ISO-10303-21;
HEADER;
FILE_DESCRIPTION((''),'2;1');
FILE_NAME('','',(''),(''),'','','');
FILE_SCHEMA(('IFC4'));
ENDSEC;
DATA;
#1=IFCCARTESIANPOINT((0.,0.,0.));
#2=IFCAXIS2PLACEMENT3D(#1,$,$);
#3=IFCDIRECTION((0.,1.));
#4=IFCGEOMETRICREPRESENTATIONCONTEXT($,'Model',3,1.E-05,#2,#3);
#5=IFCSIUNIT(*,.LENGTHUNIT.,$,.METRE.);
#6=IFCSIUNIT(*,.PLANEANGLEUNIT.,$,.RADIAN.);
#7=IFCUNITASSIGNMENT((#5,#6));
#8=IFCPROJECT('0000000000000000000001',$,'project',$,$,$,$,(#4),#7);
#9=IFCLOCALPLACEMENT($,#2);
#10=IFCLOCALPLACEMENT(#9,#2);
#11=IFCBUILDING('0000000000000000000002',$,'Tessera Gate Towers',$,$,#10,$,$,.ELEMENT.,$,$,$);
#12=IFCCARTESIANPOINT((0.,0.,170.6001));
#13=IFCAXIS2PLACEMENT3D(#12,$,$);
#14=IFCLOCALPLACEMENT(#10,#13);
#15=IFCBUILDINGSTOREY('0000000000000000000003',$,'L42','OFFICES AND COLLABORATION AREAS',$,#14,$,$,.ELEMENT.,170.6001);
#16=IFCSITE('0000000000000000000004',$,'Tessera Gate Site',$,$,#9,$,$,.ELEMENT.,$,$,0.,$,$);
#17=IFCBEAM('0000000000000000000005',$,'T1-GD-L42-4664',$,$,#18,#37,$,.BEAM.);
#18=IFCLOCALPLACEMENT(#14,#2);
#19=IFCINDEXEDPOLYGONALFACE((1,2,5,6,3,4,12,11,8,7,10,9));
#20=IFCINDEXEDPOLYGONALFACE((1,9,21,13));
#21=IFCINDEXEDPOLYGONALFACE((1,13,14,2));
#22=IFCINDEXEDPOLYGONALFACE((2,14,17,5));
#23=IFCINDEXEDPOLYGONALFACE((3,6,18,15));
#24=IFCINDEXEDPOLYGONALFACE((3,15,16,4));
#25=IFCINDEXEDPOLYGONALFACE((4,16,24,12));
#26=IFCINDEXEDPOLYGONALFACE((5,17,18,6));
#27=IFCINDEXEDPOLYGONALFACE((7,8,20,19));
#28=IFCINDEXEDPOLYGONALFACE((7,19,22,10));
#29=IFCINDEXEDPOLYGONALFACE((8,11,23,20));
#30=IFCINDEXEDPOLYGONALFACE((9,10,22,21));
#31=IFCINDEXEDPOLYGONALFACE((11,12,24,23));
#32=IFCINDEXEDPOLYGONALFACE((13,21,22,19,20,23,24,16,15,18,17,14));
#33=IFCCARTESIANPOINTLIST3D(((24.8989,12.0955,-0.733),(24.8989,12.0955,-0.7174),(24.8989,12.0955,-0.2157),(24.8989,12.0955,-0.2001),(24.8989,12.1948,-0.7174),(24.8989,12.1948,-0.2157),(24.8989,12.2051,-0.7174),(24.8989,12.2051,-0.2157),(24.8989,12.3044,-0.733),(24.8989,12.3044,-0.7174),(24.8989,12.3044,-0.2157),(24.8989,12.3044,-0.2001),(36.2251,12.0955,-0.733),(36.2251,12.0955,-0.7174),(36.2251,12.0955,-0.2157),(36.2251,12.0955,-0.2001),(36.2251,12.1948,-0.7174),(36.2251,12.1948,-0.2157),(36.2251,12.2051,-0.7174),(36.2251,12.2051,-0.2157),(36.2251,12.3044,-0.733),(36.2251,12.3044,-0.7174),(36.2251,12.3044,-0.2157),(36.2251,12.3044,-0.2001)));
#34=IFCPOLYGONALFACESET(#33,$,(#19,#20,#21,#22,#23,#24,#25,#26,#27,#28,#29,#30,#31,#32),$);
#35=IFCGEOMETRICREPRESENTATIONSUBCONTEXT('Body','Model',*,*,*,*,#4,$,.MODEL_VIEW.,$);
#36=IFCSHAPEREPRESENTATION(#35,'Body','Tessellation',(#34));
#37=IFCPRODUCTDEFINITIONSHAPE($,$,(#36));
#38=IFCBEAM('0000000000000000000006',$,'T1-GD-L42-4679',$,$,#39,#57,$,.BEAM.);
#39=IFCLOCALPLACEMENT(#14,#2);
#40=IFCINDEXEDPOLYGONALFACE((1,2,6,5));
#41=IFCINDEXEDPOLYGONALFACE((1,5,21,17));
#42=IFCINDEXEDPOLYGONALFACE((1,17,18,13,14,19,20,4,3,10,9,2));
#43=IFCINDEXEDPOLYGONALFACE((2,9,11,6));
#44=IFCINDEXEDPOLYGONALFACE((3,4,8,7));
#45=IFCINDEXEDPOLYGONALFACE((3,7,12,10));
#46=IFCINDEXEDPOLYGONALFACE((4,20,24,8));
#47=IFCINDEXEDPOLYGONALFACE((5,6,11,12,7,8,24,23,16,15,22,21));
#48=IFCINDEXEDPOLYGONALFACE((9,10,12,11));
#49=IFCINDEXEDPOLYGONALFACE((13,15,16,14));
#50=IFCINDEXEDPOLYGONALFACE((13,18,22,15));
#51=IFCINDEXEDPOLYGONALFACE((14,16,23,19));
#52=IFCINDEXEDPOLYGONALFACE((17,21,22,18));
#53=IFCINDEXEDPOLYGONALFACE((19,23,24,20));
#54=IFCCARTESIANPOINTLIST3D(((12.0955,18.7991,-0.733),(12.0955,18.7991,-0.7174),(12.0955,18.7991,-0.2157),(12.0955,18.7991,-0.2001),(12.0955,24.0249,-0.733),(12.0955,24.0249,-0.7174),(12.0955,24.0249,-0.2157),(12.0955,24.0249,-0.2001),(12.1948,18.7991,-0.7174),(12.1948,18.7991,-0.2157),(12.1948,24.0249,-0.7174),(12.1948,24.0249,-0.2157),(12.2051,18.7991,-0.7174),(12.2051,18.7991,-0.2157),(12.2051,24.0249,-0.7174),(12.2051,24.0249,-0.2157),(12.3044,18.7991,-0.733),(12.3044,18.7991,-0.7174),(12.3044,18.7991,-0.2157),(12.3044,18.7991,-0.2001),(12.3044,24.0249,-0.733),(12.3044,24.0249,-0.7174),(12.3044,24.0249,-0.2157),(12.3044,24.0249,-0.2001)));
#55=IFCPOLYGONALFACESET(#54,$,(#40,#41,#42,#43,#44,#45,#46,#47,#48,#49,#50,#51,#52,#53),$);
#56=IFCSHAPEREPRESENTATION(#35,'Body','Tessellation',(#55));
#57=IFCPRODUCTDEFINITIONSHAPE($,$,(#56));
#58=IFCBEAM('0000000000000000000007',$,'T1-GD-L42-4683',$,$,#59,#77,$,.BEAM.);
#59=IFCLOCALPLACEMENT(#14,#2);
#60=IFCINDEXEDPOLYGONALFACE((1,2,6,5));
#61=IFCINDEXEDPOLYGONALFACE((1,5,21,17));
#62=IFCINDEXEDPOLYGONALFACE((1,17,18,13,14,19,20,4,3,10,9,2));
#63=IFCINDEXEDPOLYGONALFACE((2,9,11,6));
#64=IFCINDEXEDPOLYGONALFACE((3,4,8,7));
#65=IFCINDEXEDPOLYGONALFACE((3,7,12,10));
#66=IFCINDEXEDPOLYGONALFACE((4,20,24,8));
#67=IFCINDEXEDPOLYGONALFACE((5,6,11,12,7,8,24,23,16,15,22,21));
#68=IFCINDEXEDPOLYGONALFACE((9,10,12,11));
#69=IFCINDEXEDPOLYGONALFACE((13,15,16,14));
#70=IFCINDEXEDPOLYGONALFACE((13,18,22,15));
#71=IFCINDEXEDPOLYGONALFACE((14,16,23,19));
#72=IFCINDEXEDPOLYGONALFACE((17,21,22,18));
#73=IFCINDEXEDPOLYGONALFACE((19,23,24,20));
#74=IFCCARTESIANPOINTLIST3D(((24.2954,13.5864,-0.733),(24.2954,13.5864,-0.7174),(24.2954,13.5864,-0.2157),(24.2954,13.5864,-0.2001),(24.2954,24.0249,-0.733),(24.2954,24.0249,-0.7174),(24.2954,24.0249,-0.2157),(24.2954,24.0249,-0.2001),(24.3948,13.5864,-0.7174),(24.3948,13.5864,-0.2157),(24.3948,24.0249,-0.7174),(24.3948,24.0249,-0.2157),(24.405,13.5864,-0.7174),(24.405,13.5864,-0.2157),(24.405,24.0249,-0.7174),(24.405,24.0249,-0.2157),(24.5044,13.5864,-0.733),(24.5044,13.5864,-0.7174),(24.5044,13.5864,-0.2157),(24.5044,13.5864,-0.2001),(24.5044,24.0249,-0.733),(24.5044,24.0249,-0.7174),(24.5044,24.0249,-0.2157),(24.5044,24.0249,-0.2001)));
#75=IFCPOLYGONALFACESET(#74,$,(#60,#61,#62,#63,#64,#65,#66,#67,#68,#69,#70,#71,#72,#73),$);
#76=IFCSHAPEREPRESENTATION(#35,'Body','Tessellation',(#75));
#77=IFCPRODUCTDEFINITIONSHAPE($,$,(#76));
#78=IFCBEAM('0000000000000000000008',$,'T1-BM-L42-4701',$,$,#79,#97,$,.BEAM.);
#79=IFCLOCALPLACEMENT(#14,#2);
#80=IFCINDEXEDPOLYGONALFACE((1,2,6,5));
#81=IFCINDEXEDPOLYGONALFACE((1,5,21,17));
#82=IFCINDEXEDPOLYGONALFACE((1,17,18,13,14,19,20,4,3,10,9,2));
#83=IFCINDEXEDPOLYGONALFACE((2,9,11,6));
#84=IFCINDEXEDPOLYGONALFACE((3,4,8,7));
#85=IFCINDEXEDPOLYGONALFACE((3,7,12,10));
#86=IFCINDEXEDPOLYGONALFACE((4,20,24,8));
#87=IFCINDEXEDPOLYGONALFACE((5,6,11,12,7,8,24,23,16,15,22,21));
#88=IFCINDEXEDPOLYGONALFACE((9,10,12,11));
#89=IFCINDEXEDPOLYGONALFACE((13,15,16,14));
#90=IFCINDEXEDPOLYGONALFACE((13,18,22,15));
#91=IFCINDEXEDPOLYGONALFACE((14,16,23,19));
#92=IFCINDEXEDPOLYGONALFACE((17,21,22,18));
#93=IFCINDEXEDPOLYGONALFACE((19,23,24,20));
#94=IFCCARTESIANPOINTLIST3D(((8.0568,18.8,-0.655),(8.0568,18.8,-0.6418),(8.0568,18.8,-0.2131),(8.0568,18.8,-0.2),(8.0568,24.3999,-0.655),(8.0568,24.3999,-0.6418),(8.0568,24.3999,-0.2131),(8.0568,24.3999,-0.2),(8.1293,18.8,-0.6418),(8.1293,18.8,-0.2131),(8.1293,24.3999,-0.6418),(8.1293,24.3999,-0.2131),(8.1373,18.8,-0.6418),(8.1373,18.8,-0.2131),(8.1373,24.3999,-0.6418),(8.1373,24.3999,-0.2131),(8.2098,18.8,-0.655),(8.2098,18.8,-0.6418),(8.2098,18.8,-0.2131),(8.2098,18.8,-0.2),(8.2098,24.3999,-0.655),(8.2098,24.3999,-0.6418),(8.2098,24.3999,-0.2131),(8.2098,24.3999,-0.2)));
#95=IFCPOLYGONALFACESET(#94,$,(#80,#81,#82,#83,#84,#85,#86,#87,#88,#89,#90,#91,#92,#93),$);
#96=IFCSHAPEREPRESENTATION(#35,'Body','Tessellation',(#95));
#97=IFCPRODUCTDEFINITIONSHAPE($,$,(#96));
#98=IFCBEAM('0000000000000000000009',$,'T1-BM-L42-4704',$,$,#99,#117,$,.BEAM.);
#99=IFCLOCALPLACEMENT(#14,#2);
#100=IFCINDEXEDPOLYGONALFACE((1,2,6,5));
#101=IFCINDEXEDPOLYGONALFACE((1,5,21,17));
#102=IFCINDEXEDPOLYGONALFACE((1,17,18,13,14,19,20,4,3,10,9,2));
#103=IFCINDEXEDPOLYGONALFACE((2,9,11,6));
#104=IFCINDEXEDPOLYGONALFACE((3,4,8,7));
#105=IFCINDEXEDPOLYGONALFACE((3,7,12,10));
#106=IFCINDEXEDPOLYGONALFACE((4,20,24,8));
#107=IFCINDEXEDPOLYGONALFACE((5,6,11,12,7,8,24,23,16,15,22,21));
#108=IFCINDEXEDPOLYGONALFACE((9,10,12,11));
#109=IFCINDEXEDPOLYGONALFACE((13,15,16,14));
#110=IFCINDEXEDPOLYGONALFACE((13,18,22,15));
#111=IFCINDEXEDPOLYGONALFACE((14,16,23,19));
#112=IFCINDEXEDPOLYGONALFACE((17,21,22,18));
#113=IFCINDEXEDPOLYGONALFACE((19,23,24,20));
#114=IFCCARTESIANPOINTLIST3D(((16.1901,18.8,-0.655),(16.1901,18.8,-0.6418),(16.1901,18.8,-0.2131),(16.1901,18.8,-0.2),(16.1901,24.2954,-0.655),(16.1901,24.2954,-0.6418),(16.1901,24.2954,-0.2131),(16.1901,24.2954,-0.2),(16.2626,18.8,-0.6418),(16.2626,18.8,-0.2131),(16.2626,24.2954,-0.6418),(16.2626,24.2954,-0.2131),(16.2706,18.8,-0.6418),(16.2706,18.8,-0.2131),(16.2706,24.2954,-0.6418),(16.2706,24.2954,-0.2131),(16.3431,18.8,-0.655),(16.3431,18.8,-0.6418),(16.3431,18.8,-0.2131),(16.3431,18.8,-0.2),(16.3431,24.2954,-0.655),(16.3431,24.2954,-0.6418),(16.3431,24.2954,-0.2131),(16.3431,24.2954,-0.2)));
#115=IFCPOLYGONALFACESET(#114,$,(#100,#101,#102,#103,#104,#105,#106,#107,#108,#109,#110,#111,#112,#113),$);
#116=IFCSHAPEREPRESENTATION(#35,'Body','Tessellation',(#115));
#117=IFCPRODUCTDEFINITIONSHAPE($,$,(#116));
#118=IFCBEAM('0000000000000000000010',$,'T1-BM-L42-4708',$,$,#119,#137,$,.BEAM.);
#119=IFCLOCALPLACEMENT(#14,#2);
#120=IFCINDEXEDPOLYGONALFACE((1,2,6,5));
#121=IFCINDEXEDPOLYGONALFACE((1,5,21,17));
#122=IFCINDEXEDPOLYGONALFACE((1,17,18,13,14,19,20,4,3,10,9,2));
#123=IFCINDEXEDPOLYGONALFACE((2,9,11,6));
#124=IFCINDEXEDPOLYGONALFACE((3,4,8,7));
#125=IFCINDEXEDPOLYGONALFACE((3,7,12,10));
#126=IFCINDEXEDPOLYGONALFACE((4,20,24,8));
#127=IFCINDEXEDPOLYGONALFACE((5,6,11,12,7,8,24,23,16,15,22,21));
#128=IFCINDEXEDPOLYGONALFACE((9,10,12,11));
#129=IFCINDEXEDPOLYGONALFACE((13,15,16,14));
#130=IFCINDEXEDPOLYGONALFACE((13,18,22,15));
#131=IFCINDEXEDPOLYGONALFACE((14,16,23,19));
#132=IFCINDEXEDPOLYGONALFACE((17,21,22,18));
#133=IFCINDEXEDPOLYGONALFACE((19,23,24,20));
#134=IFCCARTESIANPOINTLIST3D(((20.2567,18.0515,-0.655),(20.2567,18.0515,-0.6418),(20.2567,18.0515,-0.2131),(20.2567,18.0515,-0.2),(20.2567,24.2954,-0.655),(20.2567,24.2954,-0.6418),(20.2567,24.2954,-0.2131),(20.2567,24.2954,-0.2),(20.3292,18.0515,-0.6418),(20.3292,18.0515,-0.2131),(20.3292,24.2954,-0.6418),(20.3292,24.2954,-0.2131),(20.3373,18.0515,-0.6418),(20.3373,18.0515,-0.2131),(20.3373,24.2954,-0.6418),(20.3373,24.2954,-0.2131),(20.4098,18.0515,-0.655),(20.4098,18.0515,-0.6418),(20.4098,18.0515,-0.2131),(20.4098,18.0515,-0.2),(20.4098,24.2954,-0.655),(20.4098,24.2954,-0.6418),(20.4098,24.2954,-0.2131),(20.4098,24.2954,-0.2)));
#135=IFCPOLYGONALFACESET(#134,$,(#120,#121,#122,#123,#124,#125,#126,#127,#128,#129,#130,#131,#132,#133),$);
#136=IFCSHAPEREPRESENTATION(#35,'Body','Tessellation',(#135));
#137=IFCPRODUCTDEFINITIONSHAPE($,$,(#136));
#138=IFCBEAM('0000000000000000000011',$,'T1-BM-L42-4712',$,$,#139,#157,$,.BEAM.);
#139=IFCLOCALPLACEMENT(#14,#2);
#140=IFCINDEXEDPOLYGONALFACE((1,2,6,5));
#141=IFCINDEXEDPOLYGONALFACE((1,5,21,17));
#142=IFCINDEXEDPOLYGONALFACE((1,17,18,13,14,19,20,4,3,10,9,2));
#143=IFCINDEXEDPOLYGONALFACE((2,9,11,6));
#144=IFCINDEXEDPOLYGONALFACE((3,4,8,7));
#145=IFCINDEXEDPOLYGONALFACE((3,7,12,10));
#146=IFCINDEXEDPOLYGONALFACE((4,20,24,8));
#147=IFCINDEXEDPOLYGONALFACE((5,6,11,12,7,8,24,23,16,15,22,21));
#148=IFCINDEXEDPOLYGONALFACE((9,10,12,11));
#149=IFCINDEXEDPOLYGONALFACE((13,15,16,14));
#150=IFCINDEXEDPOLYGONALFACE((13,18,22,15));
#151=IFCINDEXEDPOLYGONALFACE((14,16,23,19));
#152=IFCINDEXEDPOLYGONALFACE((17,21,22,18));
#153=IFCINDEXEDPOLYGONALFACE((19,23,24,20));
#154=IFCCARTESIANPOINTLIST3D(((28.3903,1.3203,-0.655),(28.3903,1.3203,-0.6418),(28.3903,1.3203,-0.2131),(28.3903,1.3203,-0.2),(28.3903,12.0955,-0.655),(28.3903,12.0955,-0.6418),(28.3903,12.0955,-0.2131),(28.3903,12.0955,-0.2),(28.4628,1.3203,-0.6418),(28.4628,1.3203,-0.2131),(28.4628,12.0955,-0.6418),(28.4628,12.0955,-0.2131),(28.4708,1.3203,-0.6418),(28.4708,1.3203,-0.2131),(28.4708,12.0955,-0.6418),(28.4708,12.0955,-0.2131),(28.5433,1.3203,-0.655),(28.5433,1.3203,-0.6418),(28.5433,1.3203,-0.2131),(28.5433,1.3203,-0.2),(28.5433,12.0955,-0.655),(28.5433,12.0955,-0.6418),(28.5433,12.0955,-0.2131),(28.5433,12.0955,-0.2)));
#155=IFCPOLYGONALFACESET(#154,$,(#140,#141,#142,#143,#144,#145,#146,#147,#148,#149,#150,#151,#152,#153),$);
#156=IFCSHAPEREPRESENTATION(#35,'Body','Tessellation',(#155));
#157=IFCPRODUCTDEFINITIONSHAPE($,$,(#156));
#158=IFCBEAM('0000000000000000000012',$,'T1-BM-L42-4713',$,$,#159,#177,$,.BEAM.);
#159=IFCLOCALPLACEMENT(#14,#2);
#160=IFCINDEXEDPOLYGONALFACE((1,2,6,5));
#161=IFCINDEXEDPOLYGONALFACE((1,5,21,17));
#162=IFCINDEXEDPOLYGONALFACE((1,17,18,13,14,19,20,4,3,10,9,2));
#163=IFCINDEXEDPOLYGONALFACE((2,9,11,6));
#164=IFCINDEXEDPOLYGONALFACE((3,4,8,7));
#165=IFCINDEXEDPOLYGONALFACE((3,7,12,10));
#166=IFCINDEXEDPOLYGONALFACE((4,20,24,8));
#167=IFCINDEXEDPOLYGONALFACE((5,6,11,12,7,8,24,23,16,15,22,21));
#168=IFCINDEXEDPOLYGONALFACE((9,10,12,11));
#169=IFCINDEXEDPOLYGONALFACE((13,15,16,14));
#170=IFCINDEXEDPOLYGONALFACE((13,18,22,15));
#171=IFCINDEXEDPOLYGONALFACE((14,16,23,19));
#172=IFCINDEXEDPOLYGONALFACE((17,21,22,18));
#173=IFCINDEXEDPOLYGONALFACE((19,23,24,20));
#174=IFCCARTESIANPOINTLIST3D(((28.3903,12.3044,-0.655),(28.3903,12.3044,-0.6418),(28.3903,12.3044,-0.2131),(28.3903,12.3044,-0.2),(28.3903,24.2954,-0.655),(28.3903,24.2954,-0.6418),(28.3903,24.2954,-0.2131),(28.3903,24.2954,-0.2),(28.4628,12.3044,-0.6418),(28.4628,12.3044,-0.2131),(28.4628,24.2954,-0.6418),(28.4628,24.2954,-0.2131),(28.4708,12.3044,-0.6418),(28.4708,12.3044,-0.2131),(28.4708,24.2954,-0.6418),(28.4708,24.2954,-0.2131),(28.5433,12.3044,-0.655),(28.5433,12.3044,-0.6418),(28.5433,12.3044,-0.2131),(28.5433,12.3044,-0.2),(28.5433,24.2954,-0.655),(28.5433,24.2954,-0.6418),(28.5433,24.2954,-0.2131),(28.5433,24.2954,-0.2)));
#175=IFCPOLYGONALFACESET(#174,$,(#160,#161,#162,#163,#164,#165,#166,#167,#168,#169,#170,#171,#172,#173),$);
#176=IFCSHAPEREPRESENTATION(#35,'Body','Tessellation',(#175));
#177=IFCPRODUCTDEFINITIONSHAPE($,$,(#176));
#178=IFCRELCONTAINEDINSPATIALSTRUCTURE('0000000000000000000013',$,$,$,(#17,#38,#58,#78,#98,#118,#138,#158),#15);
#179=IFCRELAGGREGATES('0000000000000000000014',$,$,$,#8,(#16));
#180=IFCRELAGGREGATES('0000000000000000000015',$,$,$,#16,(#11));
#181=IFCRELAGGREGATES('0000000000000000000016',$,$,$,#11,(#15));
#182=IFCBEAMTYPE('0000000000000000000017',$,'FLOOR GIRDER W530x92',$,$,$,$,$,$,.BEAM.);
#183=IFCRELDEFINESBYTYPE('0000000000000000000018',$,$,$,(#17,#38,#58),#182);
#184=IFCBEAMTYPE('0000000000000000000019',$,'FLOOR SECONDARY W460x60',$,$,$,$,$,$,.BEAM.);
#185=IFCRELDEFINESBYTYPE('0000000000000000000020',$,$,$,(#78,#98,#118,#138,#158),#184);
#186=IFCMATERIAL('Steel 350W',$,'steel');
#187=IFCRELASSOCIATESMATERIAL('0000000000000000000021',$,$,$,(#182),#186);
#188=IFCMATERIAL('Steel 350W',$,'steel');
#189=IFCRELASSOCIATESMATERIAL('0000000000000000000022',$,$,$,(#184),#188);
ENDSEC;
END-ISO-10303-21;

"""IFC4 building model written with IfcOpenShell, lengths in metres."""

from ifc_helpers import new_model, si_unit, direction, frame, origin, origin_2d, place, context, subcontext, project, spatial, i_section, extrude, material, material_profile, profile_set, type_object, element, save


model = new_model("IFC4")

# Units and contexts
model_context = context("Model", 3, precision=1e-05, world=origin(), true_north=direction((0.0, 1.0)))
body_context = subcontext(model_context, "Body", "Model", "MODEL_VIEW")
ifc_project = project(units=[si_unit("LENGTHUNIT", "METRE"), si_unit("PLANEANGLEUNIT", "RADIAN")], contexts=[model_context])

# Site, building, storey
site_placement = place(None, origin())
site = spatial("IfcSite", under=ifc_project, at=site_placement, Name="Tessera Gate Site", CompositionType="ELEMENT", RefElevation=0.0)
building_placement = place(site_placement, origin())
building = spatial("IfcBuilding", under=site, at=building_placement, Name="Tessera Gate Towers", CompositionType="ELEMENT")
storey_placement = place(building_placement, frame((0.0, 0.0, 170.6001)))
storey = spatial("IfcBuildingStorey", under=building, at=storey_placement, Name="L42", Description="OFFICES AND COLLABORATION AREAS", CompositionType="ELEMENT", Elevation=170.6001)

# Beams
ifc_material_1 = material(Name="Steel 350W", Category="steel")
ifc_material_profile_1 = material_profile(ifc_material_1, i_section(OverallWidth=0.209, OverallDepth=0.533, WebThickness=0.0103, FlangeThickness=0.0156, at=origin_2d()), Name="W530x92")
ifc_profile_set_1 = profile_set([ifc_material_profile_1], Name="Steel 350W")
beam_type_1 = type_object("IfcBeamType", Name="FLOOR GIRDER W530x92", PredefinedType="BEAM", material=ifc_profile_set_1)
beam_1_placement = place(storey_placement, frame((24.8989, 12.2, -0.4666), z_axis=(1.0, 0.0, 0.0), x_axis=(0.0, 1.0, 0.0)))
element("IfcBeam", 1, at=beam_1_placement, inside=storey, type_object=beam_type_1, Name="T1-GD-L42-4664", PredefinedType="BEAM", context=body_context, shape_type="SweptSolid", body=[
    extrude(i_section(OverallWidth=0.209, OverallDepth=0.533, WebThickness=0.0103, FlangeThickness=0.0156, at=origin_2d()), origin(), (0.0, 0.0, 1.0), 11.3262),
])
beam_2_placement = place(storey_placement, frame((12.2, 18.7991, -0.4666), z_axis=(0.0, 1.0, 0.0), x_axis=(-1.0, 0.0, 0.0)))
element("IfcBeam", 2, at=beam_2_placement, inside=storey, type_object=beam_type_1, Name="T1-GD-L42-4679", PredefinedType="BEAM", context=body_context, shape_type="SweptSolid", body=[
    extrude(i_section(OverallWidth=0.209, OverallDepth=0.533, WebThickness=0.0103, FlangeThickness=0.0156, at=origin_2d()), origin(), (0.0, 0.0, 1.0), 5.2258),
])
beam_3_placement = place(storey_placement, frame((24.3999, 13.5864, -0.4666), z_axis=(0.0, 1.0, 0.0), x_axis=(-1.0, 0.0, 0.0)))
element("IfcBeam", 3, at=beam_3_placement, inside=storey, type_object=beam_type_1, Name="T1-GD-L42-4683", PredefinedType="BEAM", context=body_context, shape_type="SweptSolid", body=[
    extrude(i_section(OverallWidth=0.209, OverallDepth=0.533, WebThickness=0.0103, FlangeThickness=0.0156, at=origin_2d()), origin(), (0.0, 0.0, 1.0), 10.4385),
])
ifc_material_2 = material(Name="Steel 350W", Category="steel")
ifc_material_profile_2 = material_profile(ifc_material_2, i_section(OverallWidth=0.1531, OverallDepth=0.4551, WebThickness=0.0081, FlangeThickness=0.0132, at=origin_2d()), Name="W460x60")
ifc_profile_set_2 = profile_set([ifc_material_profile_2], Name="Steel 350W")
beam_type_2 = type_object("IfcBeamType", Name="FLOOR SECONDARY W460x60", PredefinedType="BEAM", material=ifc_profile_set_2)
beam_4_placement = place(storey_placement, frame((8.1333, 18.8, -0.4275), z_axis=(0.0, 1.0, 0.0), x_axis=(-1.0, 0.0, 0.0)))
element("IfcBeam", 4, at=beam_4_placement, inside=storey, type_object=beam_type_2, Name="T1-BM-L42-4701", PredefinedType="BEAM", context=body_context, shape_type="SweptSolid", body=[
    extrude(i_section(OverallWidth=0.1531, OverallDepth=0.4551, WebThickness=0.0081, FlangeThickness=0.0132, at=origin_2d()), origin(), (0.0, 0.0, 1.0), 5.5999),
])
beam_5_placement = place(storey_placement, frame((16.2666, 18.8, -0.4275), z_axis=(0.0, 1.0, 0.0), x_axis=(-1.0, 0.0, 0.0)))
element("IfcBeam", 5, at=beam_5_placement, inside=storey, type_object=beam_type_2, Name="T1-BM-L42-4704", PredefinedType="BEAM", context=body_context, shape_type="SweptSolid", body=[
    extrude(i_section(OverallWidth=0.1531, OverallDepth=0.4551, WebThickness=0.0081, FlangeThickness=0.0132, at=origin_2d()), origin(), (0.0, 0.0, 1.0), 5.4954),
])
beam_6_placement = place(storey_placement, frame((20.3333, 18.0515, -0.4275), z_axis=(0.0, 1.0, 0.0), x_axis=(-1.0, 0.0, 0.0)))
element("IfcBeam", 6, at=beam_6_placement, inside=storey, type_object=beam_type_2, Name="T1-BM-L42-4708", PredefinedType="BEAM", context=body_context, shape_type="SweptSolid", body=[
    extrude(i_section(OverallWidth=0.1531, OverallDepth=0.4551, WebThickness=0.0081, FlangeThickness=0.0132, at=origin_2d()), origin(), (0.0, 0.0, 1.0), 6.2439),
])
beam_7_placement = place(storey_placement, frame((28.4668, 1.3203, -0.4275), z_axis=(0.0, 1.0, 0.0), x_axis=(-1.0, 0.0, 0.0)))
element("IfcBeam", 7, at=beam_7_placement, inside=storey, type_object=beam_type_2, Name="T1-BM-L42-4712", PredefinedType="BEAM", context=body_context, shape_type="SweptSolid", body=[
    extrude(i_section(OverallWidth=0.1531, OverallDepth=0.4551, WebThickness=0.0081, FlangeThickness=0.0132, at=origin_2d()), origin(), (0.0, 0.0, 1.0), 10.7751),
])
beam_8_placement = place(storey_placement, frame((28.4668, 12.3044, -0.4275), z_axis=(0.0, 1.0, 0.0), x_axis=(-1.0, 0.0, 0.0)))
element("IfcBeam", 8, at=beam_8_placement, inside=storey, type_object=beam_type_2, Name="T1-BM-L42-4713", PredefinedType="BEAM", context=body_context, shape_type="SweptSolid", body=[
    extrude(i_section(OverallWidth=0.1531, OverallDepth=0.4551, WebThickness=0.0081, FlangeThickness=0.0132, at=origin_2d()), origin(), (0.0, 0.0, 1.0), 11.991),
])

save(model, "model.ifc")
